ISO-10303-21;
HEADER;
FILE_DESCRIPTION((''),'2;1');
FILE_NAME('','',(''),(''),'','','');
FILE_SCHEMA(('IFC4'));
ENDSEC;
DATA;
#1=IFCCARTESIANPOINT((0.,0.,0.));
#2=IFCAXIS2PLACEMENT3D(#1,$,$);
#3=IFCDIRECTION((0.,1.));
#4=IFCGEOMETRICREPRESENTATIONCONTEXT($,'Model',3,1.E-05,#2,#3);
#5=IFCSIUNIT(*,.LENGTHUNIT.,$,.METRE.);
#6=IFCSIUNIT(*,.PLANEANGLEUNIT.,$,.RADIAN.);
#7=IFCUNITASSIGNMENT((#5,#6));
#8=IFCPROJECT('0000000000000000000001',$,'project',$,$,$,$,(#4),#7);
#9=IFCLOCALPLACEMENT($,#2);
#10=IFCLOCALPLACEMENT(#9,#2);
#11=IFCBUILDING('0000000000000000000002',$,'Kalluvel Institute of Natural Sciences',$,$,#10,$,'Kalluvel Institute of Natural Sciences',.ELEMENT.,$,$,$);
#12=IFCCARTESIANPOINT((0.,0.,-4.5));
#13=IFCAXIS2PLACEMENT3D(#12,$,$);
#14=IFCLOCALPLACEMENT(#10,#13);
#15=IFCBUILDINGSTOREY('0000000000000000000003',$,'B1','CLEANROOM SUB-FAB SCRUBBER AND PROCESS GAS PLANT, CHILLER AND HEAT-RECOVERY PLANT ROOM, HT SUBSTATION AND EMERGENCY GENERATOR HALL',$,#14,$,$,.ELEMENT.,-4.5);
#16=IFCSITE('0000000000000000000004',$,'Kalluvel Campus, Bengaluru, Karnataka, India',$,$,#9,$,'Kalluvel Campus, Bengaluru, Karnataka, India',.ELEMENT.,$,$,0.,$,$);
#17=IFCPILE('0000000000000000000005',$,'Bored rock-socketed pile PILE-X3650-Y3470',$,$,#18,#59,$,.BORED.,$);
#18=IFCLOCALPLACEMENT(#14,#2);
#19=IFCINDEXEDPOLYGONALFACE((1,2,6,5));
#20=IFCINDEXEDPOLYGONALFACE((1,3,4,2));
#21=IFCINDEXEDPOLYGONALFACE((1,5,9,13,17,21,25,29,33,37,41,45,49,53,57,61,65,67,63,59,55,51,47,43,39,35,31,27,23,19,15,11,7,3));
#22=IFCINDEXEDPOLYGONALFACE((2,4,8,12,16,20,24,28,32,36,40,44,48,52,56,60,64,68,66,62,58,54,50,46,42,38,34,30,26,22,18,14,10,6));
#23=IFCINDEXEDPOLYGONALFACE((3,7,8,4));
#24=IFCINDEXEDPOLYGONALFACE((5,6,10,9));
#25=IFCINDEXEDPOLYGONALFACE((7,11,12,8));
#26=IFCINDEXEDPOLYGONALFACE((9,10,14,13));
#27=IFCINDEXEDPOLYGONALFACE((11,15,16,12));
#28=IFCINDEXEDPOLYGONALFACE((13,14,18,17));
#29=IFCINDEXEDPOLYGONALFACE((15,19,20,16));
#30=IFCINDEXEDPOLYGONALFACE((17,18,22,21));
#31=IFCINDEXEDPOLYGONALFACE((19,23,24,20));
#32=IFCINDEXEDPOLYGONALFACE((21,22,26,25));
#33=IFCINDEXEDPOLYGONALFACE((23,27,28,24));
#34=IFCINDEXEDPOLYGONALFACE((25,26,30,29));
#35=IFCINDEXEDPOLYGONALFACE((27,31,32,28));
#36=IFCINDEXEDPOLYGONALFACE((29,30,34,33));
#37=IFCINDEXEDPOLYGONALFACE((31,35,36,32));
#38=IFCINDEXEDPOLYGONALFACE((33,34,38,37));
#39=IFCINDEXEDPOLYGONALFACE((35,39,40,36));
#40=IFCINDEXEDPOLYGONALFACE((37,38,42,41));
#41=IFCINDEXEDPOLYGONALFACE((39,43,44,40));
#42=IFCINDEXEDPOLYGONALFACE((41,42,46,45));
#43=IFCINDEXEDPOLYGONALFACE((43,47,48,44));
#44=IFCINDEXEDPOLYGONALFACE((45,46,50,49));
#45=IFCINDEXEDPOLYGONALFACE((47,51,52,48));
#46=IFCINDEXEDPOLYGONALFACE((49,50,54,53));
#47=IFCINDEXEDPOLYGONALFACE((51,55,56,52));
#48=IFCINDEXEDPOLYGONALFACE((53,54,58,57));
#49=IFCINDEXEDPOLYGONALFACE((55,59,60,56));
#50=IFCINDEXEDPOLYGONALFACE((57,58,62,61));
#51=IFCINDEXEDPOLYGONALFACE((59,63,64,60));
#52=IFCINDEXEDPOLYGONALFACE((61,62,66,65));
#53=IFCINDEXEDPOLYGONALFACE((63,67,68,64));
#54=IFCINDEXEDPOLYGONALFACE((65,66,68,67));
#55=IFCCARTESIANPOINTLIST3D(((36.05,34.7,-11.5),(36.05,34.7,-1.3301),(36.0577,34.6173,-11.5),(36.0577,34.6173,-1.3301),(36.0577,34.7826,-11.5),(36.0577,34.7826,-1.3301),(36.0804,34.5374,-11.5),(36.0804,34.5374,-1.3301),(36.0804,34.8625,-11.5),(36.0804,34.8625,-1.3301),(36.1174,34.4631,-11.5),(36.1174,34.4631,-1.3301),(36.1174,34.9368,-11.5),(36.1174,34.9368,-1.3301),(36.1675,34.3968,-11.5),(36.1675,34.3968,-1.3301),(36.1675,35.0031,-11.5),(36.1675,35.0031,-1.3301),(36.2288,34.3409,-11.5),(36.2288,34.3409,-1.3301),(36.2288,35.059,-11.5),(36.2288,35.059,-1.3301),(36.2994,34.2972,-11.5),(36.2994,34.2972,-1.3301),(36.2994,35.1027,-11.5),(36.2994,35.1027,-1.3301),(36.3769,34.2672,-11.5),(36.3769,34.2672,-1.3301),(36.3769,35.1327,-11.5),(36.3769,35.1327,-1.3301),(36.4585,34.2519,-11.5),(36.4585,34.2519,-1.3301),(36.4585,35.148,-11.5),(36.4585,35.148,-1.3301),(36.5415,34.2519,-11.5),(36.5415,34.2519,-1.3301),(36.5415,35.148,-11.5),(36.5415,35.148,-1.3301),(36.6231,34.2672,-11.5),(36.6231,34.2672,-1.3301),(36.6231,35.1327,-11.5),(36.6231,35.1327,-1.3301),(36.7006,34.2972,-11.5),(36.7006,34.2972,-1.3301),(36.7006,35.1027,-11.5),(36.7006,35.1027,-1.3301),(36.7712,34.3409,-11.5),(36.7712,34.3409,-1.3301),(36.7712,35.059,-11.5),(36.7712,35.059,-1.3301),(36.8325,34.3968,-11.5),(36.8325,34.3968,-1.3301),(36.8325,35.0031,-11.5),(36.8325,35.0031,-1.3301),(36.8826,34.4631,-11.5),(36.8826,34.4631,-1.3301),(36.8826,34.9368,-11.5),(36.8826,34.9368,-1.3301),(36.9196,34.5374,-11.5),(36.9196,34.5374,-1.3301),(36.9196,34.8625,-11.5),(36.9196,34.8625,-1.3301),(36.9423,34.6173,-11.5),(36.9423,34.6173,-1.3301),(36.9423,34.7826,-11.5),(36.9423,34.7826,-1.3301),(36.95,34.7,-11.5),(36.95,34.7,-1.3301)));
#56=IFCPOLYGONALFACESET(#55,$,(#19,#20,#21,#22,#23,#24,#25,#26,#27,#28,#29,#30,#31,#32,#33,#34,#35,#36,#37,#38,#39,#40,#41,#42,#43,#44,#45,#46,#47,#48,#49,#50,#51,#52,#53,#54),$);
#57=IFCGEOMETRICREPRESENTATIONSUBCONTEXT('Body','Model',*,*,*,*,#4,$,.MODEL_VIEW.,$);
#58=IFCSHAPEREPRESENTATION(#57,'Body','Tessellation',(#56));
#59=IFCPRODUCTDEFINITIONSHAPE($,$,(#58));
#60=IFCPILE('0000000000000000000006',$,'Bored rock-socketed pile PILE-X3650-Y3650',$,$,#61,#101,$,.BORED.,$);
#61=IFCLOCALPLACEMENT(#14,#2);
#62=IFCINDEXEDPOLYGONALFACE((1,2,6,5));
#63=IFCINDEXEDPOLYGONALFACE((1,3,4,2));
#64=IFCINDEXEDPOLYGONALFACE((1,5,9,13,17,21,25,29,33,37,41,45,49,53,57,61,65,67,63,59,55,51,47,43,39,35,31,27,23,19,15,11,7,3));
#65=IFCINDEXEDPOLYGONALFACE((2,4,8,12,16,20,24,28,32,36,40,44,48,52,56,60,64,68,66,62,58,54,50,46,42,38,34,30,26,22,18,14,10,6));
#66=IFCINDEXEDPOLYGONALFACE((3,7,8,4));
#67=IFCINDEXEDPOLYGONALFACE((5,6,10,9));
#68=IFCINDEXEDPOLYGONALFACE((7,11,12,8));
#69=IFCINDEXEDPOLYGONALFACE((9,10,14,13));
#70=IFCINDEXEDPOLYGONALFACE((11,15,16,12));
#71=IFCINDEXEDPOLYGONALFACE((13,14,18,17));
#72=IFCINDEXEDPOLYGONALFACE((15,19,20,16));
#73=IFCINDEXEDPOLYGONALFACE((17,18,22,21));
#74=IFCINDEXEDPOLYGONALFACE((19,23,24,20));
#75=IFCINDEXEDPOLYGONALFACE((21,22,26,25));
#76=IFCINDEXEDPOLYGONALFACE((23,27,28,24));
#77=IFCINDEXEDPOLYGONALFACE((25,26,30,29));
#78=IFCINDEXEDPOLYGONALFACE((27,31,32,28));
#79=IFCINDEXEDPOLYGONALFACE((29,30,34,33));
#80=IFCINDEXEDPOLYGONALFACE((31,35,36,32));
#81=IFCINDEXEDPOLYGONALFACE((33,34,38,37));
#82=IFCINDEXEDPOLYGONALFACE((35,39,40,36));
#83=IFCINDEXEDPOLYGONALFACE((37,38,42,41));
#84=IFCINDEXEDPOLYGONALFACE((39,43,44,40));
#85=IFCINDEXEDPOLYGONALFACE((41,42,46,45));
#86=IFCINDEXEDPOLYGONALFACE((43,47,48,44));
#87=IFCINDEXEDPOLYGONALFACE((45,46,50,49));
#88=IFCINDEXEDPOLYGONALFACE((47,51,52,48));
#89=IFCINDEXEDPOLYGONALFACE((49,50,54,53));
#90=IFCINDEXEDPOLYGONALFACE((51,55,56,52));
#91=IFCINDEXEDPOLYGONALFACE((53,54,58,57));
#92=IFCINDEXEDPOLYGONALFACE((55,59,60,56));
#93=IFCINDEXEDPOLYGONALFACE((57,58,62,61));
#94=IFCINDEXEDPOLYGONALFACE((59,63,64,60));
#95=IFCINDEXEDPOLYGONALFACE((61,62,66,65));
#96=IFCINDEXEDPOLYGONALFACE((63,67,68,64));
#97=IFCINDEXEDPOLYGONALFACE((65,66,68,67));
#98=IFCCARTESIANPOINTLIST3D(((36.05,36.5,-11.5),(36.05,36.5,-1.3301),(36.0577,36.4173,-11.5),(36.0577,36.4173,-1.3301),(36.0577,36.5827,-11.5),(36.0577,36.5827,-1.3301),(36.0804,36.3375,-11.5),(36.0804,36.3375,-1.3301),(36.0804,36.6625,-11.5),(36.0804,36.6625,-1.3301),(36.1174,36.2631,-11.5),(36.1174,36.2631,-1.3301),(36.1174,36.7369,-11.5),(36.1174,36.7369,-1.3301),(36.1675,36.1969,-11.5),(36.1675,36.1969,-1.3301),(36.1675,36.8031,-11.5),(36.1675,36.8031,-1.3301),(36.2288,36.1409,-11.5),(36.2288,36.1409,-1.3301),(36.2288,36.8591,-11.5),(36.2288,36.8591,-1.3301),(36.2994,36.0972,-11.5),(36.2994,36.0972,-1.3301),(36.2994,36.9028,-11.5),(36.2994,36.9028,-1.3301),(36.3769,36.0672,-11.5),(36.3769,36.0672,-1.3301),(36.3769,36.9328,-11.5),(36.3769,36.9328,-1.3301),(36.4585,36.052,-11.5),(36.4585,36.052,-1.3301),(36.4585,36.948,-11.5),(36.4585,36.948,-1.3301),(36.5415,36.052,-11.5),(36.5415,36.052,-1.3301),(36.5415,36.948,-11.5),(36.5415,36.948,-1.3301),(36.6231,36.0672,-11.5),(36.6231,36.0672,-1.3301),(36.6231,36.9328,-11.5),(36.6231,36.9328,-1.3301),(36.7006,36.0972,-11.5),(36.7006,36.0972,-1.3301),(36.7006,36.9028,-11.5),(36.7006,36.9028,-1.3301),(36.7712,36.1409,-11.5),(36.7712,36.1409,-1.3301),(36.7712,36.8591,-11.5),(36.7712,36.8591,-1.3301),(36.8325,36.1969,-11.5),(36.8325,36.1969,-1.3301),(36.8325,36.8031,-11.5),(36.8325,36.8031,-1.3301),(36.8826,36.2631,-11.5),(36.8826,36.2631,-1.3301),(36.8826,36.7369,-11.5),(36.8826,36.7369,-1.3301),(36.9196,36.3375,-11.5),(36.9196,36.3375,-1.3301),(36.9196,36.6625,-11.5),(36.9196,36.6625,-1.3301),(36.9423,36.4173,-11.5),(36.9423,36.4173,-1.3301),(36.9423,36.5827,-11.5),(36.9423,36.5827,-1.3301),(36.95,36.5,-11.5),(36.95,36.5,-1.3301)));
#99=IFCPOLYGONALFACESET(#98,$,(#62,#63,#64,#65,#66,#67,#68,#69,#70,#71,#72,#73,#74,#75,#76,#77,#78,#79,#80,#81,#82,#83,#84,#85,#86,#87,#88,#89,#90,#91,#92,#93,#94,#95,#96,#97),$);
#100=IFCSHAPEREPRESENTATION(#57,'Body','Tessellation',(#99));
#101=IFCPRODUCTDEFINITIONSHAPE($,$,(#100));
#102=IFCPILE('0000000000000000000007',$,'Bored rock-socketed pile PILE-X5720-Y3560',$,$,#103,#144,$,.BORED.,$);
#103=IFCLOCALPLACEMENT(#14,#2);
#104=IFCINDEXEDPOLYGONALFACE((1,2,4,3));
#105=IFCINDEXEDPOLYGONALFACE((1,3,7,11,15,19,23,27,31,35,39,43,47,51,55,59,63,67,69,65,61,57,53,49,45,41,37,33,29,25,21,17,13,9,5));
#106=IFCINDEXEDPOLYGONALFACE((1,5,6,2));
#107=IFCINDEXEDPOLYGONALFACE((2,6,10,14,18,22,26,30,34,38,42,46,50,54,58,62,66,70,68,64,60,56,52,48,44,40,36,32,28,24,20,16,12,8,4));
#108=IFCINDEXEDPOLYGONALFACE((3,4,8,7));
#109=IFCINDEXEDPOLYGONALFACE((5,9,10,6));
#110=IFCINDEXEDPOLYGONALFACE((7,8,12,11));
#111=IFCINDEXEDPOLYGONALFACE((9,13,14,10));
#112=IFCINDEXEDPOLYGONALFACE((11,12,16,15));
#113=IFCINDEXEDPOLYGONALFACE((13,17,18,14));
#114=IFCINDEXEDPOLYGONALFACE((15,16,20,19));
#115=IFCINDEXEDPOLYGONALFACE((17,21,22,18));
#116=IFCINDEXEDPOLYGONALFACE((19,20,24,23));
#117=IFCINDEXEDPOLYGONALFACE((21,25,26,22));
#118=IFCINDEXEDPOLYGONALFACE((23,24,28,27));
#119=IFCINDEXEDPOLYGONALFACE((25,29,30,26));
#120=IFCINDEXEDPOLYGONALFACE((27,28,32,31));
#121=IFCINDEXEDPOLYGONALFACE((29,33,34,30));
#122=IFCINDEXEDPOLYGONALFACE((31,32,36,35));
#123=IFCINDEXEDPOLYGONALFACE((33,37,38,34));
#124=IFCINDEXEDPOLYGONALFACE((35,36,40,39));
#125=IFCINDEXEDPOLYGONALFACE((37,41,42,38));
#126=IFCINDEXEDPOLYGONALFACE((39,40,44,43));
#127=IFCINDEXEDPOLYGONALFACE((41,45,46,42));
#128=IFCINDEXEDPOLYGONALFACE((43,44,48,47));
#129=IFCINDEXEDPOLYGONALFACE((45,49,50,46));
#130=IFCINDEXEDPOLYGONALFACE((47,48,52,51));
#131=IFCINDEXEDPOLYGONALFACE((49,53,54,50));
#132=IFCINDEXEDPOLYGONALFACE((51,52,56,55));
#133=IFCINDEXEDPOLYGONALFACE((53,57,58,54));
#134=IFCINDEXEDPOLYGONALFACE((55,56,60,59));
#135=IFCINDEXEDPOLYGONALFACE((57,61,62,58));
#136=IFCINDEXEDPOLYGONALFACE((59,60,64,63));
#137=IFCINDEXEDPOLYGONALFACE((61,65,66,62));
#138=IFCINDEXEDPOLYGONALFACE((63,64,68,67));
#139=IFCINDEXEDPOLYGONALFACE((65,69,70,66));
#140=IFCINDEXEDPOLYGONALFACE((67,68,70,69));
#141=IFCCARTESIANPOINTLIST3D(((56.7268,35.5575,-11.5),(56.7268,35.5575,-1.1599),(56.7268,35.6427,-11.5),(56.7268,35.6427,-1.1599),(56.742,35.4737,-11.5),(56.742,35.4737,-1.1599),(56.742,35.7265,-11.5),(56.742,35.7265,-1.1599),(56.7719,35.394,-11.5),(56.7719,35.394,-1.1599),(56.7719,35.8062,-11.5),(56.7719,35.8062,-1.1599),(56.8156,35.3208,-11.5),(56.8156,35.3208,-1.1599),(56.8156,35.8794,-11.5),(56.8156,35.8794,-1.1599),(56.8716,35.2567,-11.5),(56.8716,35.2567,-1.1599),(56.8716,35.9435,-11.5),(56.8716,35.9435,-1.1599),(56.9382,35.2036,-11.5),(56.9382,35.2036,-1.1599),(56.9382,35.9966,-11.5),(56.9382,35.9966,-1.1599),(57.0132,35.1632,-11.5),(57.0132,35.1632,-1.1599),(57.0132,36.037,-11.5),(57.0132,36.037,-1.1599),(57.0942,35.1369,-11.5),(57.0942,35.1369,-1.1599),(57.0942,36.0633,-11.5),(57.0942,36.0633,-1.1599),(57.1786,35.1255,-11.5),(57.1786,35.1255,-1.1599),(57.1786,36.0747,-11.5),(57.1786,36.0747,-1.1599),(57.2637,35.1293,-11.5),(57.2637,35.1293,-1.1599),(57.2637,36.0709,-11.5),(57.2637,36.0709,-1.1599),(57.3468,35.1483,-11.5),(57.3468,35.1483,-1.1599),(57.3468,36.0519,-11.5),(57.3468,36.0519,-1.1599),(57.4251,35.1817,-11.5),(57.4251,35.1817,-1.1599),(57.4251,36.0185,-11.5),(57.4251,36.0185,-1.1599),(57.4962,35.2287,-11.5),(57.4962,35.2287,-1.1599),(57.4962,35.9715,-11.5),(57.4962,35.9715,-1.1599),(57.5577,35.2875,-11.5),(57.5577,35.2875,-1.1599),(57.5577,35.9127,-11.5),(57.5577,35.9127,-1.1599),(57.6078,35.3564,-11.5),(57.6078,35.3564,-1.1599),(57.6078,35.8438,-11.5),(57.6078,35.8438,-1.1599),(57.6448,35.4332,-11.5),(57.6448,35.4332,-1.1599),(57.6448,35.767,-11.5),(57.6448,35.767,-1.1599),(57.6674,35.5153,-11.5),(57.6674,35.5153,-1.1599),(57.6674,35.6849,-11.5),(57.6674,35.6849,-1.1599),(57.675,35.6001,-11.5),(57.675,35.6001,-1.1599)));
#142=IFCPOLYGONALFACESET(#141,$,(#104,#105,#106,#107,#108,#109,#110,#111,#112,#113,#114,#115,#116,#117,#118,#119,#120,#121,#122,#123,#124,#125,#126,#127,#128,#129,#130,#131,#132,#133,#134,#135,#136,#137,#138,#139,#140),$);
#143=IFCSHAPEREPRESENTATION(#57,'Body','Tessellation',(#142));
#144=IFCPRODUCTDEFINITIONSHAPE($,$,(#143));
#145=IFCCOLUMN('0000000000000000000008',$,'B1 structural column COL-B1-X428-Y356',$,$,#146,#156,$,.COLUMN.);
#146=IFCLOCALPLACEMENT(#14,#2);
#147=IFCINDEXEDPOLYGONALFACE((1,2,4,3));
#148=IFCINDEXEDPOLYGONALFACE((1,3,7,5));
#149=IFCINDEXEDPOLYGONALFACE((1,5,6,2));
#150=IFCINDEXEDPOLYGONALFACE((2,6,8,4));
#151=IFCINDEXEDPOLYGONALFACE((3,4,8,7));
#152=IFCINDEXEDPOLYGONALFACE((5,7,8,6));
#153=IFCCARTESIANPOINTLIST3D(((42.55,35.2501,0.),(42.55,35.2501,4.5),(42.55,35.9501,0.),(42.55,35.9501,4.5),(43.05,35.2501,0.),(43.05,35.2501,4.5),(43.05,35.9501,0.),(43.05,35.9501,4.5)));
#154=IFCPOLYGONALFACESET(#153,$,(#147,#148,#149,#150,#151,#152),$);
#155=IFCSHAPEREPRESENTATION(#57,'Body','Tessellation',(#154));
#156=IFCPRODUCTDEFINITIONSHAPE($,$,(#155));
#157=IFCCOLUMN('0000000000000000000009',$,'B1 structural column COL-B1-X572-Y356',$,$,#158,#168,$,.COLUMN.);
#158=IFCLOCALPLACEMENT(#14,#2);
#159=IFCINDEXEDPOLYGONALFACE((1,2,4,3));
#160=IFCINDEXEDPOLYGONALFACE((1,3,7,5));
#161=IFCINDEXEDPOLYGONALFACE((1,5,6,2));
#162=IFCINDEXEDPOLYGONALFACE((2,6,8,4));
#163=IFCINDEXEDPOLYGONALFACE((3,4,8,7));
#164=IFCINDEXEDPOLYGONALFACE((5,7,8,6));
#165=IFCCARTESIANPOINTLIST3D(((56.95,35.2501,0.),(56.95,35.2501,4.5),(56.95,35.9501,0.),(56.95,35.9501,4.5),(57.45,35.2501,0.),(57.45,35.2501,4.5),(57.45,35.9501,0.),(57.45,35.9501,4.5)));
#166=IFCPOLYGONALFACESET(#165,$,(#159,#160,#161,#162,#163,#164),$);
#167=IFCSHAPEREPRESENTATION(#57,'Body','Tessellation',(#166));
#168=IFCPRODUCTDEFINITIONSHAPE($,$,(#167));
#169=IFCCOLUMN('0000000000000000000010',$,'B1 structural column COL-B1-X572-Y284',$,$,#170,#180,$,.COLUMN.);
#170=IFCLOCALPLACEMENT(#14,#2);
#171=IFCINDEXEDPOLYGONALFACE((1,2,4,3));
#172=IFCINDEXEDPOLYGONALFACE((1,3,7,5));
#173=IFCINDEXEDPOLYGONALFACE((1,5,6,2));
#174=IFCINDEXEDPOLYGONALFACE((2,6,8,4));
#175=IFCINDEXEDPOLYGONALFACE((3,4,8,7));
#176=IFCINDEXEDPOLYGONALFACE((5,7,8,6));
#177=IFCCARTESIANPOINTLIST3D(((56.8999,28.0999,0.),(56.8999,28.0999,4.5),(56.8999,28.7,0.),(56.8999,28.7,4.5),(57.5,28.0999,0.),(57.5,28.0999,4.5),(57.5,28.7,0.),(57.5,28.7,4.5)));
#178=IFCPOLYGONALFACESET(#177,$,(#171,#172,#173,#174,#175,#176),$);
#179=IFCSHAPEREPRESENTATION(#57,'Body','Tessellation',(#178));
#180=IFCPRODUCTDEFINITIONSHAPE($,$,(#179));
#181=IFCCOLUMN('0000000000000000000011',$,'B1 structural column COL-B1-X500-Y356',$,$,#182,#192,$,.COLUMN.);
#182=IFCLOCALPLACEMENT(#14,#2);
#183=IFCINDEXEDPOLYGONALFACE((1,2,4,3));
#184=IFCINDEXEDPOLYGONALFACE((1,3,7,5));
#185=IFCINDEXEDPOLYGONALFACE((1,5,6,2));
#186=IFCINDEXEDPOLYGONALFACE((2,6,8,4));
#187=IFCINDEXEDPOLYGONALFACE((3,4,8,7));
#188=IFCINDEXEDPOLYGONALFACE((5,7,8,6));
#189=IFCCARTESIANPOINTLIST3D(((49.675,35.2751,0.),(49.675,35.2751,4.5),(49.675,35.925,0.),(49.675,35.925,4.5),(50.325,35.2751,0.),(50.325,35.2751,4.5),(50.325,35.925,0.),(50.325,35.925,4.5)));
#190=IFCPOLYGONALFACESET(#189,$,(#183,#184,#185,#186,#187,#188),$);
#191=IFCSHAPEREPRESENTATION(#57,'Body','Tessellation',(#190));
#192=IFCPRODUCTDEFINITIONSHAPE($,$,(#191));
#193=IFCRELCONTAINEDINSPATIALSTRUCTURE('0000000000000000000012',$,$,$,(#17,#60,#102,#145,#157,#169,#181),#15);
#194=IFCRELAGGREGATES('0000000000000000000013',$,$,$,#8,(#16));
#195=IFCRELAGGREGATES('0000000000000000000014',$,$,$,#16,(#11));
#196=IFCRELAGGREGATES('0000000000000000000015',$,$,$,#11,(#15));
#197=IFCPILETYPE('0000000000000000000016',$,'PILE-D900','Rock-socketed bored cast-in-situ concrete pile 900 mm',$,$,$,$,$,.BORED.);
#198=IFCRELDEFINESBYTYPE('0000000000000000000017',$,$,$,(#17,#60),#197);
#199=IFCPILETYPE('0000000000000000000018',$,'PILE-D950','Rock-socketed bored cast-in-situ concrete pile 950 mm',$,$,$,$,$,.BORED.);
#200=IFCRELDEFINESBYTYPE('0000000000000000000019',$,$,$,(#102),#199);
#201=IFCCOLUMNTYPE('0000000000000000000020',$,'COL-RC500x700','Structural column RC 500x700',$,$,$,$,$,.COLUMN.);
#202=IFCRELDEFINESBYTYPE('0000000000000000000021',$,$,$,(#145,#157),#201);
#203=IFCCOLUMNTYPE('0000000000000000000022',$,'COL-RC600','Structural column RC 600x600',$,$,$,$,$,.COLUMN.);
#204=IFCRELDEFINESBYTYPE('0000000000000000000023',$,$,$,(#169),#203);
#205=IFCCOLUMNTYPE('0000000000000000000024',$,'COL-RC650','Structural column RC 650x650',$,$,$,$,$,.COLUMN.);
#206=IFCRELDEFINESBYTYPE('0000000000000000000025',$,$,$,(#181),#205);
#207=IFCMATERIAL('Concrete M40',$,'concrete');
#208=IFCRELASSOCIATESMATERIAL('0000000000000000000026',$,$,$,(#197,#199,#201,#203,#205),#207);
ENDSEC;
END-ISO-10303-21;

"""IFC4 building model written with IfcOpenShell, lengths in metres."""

from ifc_helpers import new_model, si_unit, direction, frame, origin, origin_2d, place, context, subcontext, project, spatial, rectangle, circle, extrude, material, material_profile, profile_set, type_object, element, save


model = new_model("IFC4")

# Units and contexts
model_context = context("Model", 3, precision=1e-05, world=origin(), true_north=direction((0.0, 1.0)))
body_context = subcontext(model_context, "Body", "Model", "MODEL_VIEW")
ifc_project = project(units=[si_unit("LENGTHUNIT", "METRE"), si_unit("PLANEANGLEUNIT", "RADIAN")], contexts=[model_context])

# Site, building, storey
site_placement = place(None, origin())
site = spatial("IfcSite", under=ifc_project, at=site_placement, Name="Kalluvel Campus, Bengaluru, Karnataka, India", LongName="Kalluvel Campus, Bengaluru, Karnataka, India", CompositionType="ELEMENT", RefElevation=0.0)
building_placement = place(site_placement, origin())
building = spatial("IfcBuilding", under=site, at=building_placement, Name="Kalluvel Institute of Natural Sciences", LongName="Kalluvel Institute of Natural Sciences", CompositionType="ELEMENT")
storey_placement = place(building_placement, frame((0.0, 0.0, -4.5)))
storey = spatial("IfcBuildingStorey", under=building, at=storey_placement, Name="B1", Description="CLEANROOM SUB-FAB SCRUBBER AND PROCESS GAS PLANT, CHILLER AND HEAT-RECOVERY PLANT ROOM, HT SUBSTATION AND EMERGENCY GENERATOR HALL", CompositionType="ELEMENT", Elevation=-4.5)

# Shared definitions
ifc_material_1 = material(Name="Concrete M40", Category="concrete")

# Piles
ifc_material_profile_1 = material_profile(ifc_material_1, circle(Radius=0.45, at=origin_2d()), Name="PILE D900")
ifc_profile_set_1 = profile_set([ifc_material_profile_1], Name="Concrete M40")
pile_type_1 = type_object("IfcPileType", Name="PILE-D900", Description="Rock-socketed bored cast-in-situ concrete pile 900 mm", PredefinedType="BORED", material=ifc_profile_set_1)
for number, where, z_axis, x_axis, name in (
    (1, (36.5, 34.7, -1.3301), (0.0, 0.0, -1.0), (1.0, 0.0, 0.0), "Bored rock-socketed pile PILE-X3650-Y3470"),
    (2, (36.5, 36.5, -1.3301), (0.0, 0.0, -1.0), (1.0, 0.0, 0.0), "Bored rock-socketed pile PILE-X3650-Y3650"),
):
    element("IfcPile", number, at=place(storey_placement, frame(where, z_axis=z_axis, x_axis=x_axis)), inside=storey, type_object=pile_type_1, Name=name, PredefinedType="BORED", context=body_context, shape_type="SweptSolid", body=[
        extrude(circle(Radius=0.45, at=origin_2d()), origin(), (0.0, 0.0, 1.0), 10.1699),
    ])
ifc_material_profile_2 = material_profile(ifc_material_1, circle(Radius=0.4751, at=origin_2d()), Name="PILE D950")
ifc_profile_set_2 = profile_set([ifc_material_profile_2], Name="Concrete M40")
pile_type_2 = type_object("IfcPileType", Name="PILE-D950", Description="Rock-socketed bored cast-in-situ concrete pile 950 mm", PredefinedType="BORED", material=ifc_profile_set_2)
pile_1_placement = place(storey_placement, frame((57.2, 35.6001, -1.1599), z_axis=(0.0, 0.0, -1.0), x_axis=(1.0, 0.0, 0.0)))
element("IfcPile", 3, at=pile_1_placement, inside=storey, type_object=pile_type_2, Name="Bored rock-socketed pile PILE-X5720-Y3560", PredefinedType="BORED", context=body_context, shape_type="SweptSolid", body=[
    extrude(circle(Radius=0.4751, at=origin_2d()), origin(), (0.0, 0.0, 1.0), 10.3401),
])

# Columns
ifc_material_profile_3 = material_profile(ifc_material_1, rectangle(XDim=0.5, YDim=0.7, at=origin_2d()), Name="RC 500x700")
ifc_profile_set_3 = profile_set([ifc_material_profile_3], Name="Concrete M40")
column_type_1 = type_object("IfcColumnType", Name="COL-RC500x700", Description="Structural column RC 500x700", PredefinedType="COLUMN", material=ifc_profile_set_3)
for number, where, z_axis, x_axis, name in (
    (4, (42.8, 35.6001, 0.0), (0.0, 0.0, 1.0), (1.0, 0.0, 0.0), "B1 structural column COL-B1-X428-Y356"),
    (5, (57.2, 35.6001, 0.0), (0.0, 0.0, 1.0), (1.0, 0.0, 0.0), "B1 structural column COL-B1-X572-Y356"),
):
    element("IfcColumn", number, at=place(storey_placement, frame(where, z_axis=z_axis, x_axis=x_axis)), inside=storey, type_object=column_type_1, Name=name, PredefinedType="COLUMN", context=body_context, shape_type="SweptSolid", body=[
        extrude(rectangle(XDim=0.5, YDim=0.7, at=origin_2d()), origin(), (0.0, 0.0, 1.0), 4.5),
    ])
ifc_material_profile_4 = material_profile(ifc_material_1, rectangle(XDim=0.6001, YDim=0.6001, at=origin_2d()), Name="RC 600x600")
ifc_profile_set_4 = profile_set([ifc_material_profile_4], Name="Concrete M40")
column_type_2 = type_object("IfcColumnType", Name="COL-RC600", Description="Structural column RC 600x600", PredefinedType="COLUMN", material=ifc_profile_set_4)
column_1_placement = place(storey_placement, frame((57.2, 28.3999, 0.0), z_axis=(0.0, 0.0, 1.0), x_axis=(1.0, 0.0, 0.0)))
element("IfcColumn", 6, at=column_1_placement, inside=storey, type_object=column_type_2, Name="B1 structural column COL-B1-X572-Y284", PredefinedType="COLUMN", context=body_context, shape_type="SweptSolid", body=[
    extrude(rectangle(XDim=0.6001, YDim=0.6001, at=origin_2d()), origin(), (0.0, 0.0, 1.0), 4.5),
])
ifc_material_profile_5 = material_profile(ifc_material_1, rectangle(XDim=0.6499, YDim=0.6499, at=origin_2d()), Name="RC 650x650")
ifc_profile_set_5 = profile_set([ifc_material_profile_5], Name="Concrete M40")
column_type_3 = type_object("IfcColumnType", Name="COL-RC650", Description="Structural column RC 650x650", PredefinedType="COLUMN", material=ifc_profile_set_5)
column_2_placement = place(storey_placement, frame((50.0, 35.6001, 0.0), z_axis=(0.0, 0.0, 1.0), x_axis=(1.0, 0.0, 0.0)))
element("IfcColumn", 7, at=column_2_placement, inside=storey, type_object=column_type_3, Name="B1 structural column COL-B1-X500-Y356", PredefinedType="COLUMN", context=body_context, shape_type="SweptSolid", body=[
    extrude(rectangle(XDim=0.6499, YDim=0.6499, at=origin_2d()), origin(), (0.0, 0.0, 1.0), 4.5),
])

save(model, "model.ifc")
